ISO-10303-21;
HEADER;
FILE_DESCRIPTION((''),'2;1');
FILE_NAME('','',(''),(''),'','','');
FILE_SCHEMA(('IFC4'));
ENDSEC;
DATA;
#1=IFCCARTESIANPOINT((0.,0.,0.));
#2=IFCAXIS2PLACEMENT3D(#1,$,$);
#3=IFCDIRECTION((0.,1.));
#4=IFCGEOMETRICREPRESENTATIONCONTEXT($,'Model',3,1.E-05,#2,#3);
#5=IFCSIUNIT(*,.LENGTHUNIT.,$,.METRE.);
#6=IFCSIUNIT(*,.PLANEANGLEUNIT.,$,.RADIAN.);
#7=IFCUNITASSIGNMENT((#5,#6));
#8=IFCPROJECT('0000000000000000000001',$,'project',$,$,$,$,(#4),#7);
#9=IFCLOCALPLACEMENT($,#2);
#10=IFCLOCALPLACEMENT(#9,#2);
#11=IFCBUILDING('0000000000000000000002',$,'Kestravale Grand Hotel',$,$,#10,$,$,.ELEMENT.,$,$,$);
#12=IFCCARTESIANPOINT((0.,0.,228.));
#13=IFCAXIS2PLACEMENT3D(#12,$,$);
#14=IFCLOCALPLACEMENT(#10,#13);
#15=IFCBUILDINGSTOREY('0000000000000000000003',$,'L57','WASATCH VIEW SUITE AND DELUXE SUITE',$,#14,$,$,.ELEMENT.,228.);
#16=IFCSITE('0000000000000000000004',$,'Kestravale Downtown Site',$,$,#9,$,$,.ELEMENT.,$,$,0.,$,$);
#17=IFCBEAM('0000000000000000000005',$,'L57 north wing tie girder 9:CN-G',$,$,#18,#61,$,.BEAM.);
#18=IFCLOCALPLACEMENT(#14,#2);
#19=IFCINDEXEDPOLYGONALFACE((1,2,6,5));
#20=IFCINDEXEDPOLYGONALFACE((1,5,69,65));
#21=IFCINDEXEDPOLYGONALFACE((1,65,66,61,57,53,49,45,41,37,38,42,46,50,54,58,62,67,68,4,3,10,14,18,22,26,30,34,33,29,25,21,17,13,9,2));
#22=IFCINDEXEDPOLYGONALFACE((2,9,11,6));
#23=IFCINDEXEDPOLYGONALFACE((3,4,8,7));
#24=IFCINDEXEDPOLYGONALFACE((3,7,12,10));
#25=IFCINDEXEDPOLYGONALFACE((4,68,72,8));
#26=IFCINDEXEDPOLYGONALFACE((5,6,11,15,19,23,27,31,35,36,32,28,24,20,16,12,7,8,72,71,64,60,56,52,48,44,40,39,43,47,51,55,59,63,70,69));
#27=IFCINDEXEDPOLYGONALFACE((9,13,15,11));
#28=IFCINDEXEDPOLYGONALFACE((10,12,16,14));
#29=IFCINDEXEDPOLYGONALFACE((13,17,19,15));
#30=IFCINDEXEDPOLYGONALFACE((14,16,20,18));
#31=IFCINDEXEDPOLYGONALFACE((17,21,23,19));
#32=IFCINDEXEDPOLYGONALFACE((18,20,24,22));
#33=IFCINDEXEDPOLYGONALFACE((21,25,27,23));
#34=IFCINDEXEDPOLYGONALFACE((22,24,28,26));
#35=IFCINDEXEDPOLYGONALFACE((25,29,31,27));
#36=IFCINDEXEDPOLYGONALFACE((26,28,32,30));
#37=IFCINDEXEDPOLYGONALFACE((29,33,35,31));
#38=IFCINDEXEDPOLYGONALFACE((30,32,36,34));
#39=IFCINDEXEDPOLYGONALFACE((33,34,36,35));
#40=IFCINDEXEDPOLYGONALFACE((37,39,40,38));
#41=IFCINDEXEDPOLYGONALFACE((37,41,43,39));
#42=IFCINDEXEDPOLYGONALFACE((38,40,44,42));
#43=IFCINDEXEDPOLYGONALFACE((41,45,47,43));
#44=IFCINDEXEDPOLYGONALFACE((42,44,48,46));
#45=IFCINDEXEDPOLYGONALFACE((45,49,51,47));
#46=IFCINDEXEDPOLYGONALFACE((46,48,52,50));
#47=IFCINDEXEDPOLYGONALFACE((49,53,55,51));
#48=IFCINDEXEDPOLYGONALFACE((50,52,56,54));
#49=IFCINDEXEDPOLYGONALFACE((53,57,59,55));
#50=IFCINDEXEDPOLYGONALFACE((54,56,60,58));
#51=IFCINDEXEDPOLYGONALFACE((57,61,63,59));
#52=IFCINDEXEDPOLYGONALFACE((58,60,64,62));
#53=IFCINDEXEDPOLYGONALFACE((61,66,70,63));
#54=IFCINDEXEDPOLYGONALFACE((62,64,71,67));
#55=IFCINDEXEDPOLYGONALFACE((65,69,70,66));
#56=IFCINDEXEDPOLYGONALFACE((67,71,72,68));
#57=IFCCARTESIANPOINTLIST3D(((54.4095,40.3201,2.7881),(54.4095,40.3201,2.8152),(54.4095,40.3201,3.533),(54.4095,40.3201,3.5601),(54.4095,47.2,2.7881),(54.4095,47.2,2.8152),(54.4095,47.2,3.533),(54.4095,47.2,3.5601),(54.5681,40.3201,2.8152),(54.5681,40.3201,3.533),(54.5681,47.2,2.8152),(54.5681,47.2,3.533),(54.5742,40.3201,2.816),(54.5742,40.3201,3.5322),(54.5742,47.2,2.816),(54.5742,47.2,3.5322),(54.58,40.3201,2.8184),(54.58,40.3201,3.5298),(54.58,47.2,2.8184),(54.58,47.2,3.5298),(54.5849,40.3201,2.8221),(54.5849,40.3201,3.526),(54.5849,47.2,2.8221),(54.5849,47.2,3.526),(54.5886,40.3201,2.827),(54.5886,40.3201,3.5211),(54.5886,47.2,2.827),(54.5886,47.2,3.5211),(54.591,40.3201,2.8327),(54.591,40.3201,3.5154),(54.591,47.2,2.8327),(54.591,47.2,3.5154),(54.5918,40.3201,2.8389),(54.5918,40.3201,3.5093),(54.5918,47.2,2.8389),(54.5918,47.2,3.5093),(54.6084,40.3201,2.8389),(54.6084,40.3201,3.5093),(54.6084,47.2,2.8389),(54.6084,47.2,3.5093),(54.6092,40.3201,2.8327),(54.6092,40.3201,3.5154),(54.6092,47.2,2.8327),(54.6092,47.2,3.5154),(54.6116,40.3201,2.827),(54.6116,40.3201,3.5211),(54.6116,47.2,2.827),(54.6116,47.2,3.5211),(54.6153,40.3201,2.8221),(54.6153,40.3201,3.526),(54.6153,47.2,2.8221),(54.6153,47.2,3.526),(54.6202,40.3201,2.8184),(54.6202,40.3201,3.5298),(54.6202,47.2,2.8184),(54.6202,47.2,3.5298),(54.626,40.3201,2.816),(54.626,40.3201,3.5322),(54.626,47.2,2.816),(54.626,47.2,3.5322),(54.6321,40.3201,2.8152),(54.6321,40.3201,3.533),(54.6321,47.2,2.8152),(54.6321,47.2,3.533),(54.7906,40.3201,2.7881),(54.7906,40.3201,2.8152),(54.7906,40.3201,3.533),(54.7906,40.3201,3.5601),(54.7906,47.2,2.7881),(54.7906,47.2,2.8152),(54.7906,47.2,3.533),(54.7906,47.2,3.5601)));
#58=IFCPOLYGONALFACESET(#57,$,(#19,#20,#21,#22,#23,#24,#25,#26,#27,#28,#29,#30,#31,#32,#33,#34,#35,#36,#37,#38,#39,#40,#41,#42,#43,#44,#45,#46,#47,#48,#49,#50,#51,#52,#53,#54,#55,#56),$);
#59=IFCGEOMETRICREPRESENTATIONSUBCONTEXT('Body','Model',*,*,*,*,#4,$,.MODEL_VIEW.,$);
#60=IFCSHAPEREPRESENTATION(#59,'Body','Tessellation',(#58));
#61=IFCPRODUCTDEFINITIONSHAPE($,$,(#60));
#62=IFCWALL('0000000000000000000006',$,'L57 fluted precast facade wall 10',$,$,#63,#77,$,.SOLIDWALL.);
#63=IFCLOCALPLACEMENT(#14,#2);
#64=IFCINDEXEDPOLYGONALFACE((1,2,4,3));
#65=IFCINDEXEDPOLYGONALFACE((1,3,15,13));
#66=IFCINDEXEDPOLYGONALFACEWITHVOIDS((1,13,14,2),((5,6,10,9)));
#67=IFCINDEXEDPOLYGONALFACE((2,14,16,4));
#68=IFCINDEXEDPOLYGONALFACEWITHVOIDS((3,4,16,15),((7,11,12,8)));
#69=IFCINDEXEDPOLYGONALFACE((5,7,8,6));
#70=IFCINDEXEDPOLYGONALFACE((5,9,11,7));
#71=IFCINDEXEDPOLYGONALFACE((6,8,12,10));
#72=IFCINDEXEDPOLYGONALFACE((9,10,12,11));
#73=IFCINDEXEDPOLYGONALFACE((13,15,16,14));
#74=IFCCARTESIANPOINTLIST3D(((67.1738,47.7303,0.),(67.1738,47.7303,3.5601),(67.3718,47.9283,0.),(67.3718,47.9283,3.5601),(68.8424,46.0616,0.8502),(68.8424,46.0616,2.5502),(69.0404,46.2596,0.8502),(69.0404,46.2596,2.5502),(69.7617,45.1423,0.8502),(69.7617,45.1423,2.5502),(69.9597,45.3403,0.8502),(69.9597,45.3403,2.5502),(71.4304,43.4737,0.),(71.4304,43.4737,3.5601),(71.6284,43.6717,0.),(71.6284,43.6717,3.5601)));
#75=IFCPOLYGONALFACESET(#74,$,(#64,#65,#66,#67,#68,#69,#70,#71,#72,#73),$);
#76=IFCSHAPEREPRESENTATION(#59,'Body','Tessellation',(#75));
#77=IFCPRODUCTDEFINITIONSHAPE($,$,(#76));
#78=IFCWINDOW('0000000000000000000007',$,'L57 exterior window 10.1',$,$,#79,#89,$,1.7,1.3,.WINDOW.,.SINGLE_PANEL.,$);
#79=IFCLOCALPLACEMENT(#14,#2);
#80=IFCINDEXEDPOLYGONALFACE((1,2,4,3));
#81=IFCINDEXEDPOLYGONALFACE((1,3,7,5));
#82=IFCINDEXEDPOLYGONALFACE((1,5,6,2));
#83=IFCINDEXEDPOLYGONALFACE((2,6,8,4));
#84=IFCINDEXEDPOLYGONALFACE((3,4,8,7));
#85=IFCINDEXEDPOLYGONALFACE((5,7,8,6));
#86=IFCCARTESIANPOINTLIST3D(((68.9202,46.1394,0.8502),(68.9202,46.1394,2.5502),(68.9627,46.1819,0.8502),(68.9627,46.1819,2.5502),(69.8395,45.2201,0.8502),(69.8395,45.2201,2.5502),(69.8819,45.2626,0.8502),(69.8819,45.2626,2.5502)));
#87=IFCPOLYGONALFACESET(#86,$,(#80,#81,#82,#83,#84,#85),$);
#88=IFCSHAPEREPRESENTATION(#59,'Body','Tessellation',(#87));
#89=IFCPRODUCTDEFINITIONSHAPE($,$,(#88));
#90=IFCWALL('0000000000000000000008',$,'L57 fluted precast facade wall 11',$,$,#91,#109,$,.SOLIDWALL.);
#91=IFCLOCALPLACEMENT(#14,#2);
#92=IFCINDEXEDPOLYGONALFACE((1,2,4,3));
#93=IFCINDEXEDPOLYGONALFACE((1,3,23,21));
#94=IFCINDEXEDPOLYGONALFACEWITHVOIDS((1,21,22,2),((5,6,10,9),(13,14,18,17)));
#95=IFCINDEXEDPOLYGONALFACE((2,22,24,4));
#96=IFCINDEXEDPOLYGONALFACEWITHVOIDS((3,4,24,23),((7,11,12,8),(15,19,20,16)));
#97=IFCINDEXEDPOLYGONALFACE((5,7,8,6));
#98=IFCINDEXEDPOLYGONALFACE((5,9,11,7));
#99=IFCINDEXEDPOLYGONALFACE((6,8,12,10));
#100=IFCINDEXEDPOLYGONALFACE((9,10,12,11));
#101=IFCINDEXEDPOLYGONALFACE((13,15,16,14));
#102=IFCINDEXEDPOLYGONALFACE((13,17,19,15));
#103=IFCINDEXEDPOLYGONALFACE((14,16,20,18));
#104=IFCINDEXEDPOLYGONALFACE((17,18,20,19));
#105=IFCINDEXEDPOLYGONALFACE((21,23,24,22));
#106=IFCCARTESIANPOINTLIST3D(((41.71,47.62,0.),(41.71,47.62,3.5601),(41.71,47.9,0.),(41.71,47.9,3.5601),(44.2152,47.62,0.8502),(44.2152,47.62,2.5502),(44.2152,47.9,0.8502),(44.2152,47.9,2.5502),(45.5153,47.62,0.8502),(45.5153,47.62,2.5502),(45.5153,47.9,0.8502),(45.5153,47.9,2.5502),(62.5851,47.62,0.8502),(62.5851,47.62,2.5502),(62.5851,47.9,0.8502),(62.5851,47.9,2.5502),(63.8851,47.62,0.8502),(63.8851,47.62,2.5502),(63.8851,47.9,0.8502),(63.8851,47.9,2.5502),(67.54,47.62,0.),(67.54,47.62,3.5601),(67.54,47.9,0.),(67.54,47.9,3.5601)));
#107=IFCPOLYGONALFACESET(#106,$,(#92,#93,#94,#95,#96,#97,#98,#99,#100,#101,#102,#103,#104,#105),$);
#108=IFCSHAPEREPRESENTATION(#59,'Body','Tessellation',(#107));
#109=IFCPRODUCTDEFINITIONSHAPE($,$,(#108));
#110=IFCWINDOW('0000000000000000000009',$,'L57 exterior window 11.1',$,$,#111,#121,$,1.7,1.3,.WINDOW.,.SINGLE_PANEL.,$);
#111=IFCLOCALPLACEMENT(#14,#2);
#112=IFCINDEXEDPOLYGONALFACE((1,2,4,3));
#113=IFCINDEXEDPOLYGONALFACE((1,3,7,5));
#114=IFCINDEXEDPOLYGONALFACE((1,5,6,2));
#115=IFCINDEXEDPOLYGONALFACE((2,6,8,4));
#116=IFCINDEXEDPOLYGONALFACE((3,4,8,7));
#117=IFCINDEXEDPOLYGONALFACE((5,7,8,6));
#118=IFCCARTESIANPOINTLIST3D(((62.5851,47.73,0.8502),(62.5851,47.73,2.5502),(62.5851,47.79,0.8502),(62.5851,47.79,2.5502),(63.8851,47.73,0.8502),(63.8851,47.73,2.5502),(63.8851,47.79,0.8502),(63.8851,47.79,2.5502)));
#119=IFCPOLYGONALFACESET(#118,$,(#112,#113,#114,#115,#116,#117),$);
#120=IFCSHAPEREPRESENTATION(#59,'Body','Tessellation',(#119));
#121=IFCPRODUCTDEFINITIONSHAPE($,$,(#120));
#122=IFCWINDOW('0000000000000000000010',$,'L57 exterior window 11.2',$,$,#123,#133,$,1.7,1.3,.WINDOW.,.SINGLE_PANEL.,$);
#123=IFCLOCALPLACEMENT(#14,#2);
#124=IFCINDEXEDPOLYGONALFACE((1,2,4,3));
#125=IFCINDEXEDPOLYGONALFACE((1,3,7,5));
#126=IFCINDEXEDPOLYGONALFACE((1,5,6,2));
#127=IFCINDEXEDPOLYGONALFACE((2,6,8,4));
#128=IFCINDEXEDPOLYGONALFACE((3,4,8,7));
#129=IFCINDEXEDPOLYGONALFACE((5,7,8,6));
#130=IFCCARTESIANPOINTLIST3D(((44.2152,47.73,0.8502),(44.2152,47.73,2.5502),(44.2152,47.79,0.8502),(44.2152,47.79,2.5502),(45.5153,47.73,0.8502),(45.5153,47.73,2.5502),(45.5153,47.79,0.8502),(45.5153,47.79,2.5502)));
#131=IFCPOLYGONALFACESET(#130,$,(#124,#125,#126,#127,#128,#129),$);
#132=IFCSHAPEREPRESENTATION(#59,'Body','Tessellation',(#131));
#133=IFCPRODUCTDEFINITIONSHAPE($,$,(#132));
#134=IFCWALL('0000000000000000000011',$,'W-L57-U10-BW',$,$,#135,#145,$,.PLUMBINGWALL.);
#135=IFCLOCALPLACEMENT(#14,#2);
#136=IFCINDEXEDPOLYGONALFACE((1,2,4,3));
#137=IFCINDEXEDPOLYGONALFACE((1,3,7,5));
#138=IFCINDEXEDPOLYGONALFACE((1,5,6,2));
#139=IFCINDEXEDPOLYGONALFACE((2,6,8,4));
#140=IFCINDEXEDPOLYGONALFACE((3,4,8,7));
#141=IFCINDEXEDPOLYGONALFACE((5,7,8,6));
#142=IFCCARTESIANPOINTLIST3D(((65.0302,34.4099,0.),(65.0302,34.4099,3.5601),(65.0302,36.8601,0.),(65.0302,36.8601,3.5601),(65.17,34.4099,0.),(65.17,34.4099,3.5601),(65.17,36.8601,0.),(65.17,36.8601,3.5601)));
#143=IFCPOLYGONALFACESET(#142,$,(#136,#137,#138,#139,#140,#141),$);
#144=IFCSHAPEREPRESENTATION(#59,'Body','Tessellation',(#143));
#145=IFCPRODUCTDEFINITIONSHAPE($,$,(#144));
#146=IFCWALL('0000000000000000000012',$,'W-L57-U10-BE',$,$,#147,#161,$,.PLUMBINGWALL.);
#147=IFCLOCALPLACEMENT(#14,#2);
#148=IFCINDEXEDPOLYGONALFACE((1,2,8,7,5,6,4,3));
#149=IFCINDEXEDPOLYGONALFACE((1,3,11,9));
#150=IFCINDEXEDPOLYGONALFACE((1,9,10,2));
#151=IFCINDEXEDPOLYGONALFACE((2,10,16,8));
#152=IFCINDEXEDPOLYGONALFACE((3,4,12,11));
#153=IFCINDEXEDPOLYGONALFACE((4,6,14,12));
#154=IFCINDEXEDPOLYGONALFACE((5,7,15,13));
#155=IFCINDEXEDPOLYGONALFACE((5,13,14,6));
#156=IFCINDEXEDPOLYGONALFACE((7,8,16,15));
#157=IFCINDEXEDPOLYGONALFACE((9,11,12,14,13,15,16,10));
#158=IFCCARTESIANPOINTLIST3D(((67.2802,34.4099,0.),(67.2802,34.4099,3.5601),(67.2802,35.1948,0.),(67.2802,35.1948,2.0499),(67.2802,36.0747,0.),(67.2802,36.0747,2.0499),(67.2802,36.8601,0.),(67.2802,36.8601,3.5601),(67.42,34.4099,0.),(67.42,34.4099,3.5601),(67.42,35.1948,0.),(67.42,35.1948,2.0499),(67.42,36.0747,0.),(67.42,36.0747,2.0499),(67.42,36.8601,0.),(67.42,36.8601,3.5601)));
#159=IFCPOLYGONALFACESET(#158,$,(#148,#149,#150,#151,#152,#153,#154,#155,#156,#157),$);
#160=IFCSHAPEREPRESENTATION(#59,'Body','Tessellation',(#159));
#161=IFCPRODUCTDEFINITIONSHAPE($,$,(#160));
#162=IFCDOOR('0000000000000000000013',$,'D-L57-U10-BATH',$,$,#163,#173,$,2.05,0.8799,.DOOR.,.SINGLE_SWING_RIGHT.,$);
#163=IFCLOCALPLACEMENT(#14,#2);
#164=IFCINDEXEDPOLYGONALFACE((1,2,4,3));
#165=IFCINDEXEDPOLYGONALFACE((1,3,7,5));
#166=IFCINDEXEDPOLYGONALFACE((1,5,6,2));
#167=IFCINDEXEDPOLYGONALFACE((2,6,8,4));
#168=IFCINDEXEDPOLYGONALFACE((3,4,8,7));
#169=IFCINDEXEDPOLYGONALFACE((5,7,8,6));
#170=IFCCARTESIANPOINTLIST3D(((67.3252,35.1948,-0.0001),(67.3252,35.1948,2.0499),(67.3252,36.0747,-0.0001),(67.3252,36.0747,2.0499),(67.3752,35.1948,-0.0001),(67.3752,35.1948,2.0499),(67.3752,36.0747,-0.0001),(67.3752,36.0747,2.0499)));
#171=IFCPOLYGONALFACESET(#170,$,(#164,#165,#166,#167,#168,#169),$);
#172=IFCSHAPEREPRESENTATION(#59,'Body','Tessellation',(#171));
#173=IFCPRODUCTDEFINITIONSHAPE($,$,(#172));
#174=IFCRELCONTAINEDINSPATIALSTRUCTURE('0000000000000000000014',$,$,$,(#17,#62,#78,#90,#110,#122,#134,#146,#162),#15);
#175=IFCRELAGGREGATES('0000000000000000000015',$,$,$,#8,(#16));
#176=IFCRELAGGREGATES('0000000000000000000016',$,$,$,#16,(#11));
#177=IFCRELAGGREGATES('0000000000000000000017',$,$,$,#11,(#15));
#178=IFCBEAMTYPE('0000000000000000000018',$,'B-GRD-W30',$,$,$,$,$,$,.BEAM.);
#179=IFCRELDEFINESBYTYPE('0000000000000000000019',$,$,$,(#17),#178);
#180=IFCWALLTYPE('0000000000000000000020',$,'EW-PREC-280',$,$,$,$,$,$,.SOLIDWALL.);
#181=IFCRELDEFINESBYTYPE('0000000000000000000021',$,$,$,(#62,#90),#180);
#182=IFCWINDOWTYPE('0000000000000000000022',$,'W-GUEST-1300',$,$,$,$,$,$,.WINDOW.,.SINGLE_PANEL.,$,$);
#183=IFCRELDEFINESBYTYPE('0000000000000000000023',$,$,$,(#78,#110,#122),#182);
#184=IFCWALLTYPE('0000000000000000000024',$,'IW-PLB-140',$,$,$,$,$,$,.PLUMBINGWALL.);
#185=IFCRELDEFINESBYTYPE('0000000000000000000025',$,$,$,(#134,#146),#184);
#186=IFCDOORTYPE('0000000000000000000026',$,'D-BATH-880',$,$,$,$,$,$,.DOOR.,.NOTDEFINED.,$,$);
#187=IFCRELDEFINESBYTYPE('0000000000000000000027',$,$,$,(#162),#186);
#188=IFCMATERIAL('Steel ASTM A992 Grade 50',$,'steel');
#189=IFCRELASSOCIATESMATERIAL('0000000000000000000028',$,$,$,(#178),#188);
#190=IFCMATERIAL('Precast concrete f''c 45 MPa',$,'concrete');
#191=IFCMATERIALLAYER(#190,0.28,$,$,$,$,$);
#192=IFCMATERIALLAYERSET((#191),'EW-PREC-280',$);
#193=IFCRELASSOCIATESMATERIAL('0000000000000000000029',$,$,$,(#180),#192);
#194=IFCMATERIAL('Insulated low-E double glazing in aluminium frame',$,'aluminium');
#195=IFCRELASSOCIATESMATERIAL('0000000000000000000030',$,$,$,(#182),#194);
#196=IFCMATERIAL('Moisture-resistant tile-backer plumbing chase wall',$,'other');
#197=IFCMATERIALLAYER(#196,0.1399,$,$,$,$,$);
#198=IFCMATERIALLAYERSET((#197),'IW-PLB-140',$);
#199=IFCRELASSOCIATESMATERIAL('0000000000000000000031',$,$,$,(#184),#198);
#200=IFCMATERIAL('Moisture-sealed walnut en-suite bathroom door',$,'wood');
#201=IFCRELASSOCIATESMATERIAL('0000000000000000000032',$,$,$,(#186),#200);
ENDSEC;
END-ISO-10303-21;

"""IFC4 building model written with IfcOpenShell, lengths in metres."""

from ifc_helpers import new_model, si_unit, direction, frame, frame_2d, origin, origin_2d, place, context, subcontext, project, spatial, rectangle, i_section, extrude, material, layer, layer_set, material_profile, profile_set, type_object, element, fill, save


model = new_model("IFC4")

# Units and contexts
model_context = context("Model", 3, precision=1e-05, world=origin(), true_north=direction((0.0, 1.0)))
body_context = subcontext(model_context, "Body", "Model", "MODEL_VIEW")
ifc_project = project(units=[si_unit("LENGTHUNIT", "METRE"), si_unit("PLANEANGLEUNIT", "RADIAN")], contexts=[model_context])

# Site, building, storey
site_placement = place(None, origin())
site = spatial("IfcSite", under=ifc_project, at=site_placement, Name="Kestravale Downtown Site", CompositionType="ELEMENT", RefElevation=0.0)
building_placement = place(site_placement, origin())
building = spatial("IfcBuilding", under=site, at=building_placement, Name="Kestravale Grand Hotel", CompositionType="ELEMENT")
storey_placement = place(building_placement, frame((0.0, 0.0, 228.0)))
storey = spatial("IfcBuildingStorey", under=building, at=storey_placement, Name="L57", Description="WASATCH VIEW SUITE AND DELUXE SUITE", CompositionType="ELEMENT", Elevation=228.0)

# Beam
ifc_material_1 = material(Name="Steel ASTM A992 Grade 50", Category="steel")
ifc_material_profile_1 = material_profile(ifc_material_1, i_section(OverallWidth=0.3811, OverallDepth=0.772, WebThickness=0.0166, FlangeThickness=0.0271, FilletRadius=0.0237, at=origin_2d()))
ifc_profile_set_1 = profile_set([ifc_material_profile_1], Name="Steel ASTM A992 Grade 50")
beam_type_1 = type_object("IfcBeamType", Name="B-GRD-W30", PredefinedType="BEAM", material=ifc_profile_set_1)
beam_1_placement = place(storey_placement, frame((54.6001, 40.3201, 3.1741), z_axis=(0.0, 1.0, 0.0), x_axis=(-1.0, 0.0, 0.0)))
element("IfcBeam", 1, at=beam_1_placement, inside=storey, type_object=beam_type_1, Name="L57 north wing tie girder 9:CN-G", PredefinedType="BEAM", context=body_context, shape_type="SweptSolid", body=[
    extrude(i_section(OverallWidth=0.3811, OverallDepth=0.772, WebThickness=0.0166, FlangeThickness=0.0271, FilletRadius=0.0237, at=origin_2d()), origin(), (0.0, 0.0, 1.0), 6.8799),
])

# Wall, opening, window
ifc_material_2 = material(Name="Precast concrete f'c 45 MPa", Category="concrete")
ifc_layer_1 = layer(ifc_material_2, 0.28)
ifc_layer_set_1 = layer_set([ifc_layer_1], Name="EW-PREC-280")
wall_type_1 = type_object("IfcWallType", Name="EW-PREC-280", PredefinedType="SOLIDWALL", material=ifc_layer_set_1)
wall_1_placement = place(storey_placement, frame((71.5293, 43.5728, 0.0), z_axis=(0.0, 0.0, 1.0), x_axis=(-0.707107, 0.707107, 0.0)))
wall_1 = element("IfcWall", 2, at=wall_1_placement, inside=storey, type_object=wall_type_1, Name="L57 fluted precast facade wall 10", PredefinedType="SOLIDWALL", context=body_context, shape_type="SweptSolid", body=[
    extrude(rectangle(XDim=6.0198, YDim=0.28, at=frame_2d((3.0098, 0.0))), origin(), (0.0, 0.0, 1.0), 3.5601),
])
opening_1_placement = place(wall_1_placement, frame((2.3599, 0.0, 0.8501)))
opening_1 = element("IfcOpeningElement", 3, at=opening_1_placement, cuts=wall_1, PredefinedType="OPENING", context=body_context, shape_type="SweptSolid", body=[
    extrude(rectangle(XDim=1.3, YDim=1.7, at=frame_2d((0.6499, 0.8501))), frame((0.0, 0.1499, 0.0), z_axis=(0.0, -1.0, 0.0), x_axis=(1.0, 0.0, 0.0)), (0.0, 0.0, 1.0), 0.3),
])
ifc_material_3 = material(Name="Insulated low-E double glazing in aluminium frame", Category="aluminium")
window_type = type_object("IfcWindowType", Name="W-GUEST-1300", PartitioningType="SINGLE_PANEL", PredefinedType="WINDOW", material=ifc_material_3)
window_1_placement = place(opening_1_placement, origin())
window_1 = element("IfcWindow", 4, at=window_1_placement, inside=storey, type_object=window_type, Name="L57 exterior window 10.1", OverallHeight=1.7, OverallWidth=1.3, PartitioningType="SINGLE_PANEL", PredefinedType="WINDOW", context=body_context, shape_type="SweptSolid", body=[
    extrude(rectangle(XDim=1.3, YDim=1.7, at=frame_2d((0.6499, 0.8501))), frame((0.0, 0.03, 0.0), z_axis=(0.0, -1.0, 0.0), x_axis=(1.0, 0.0, 0.0)), (0.0, 0.0, 1.0), 0.0601),
])
fill(opening_1, window_1)

# Wall, openings, windows
wall_2_placement = place(storey_placement, frame((67.54, 47.76, 0.0), z_axis=(0.0, 0.0, 1.0), x_axis=(-1.0, 0.0, 0.0)))
wall_2 = element("IfcWall", 5, at=wall_2_placement, inside=storey, type_object=wall_type_1, Name="L57 fluted precast facade wall 11", PredefinedType="SOLIDWALL", context=body_context, shape_type="SweptSolid", body=[
    extrude(rectangle(XDim=25.8301, YDim=0.28, at=frame_2d((12.915, 0.0))), origin(), (0.0, 0.0, 1.0), 3.5601),
])
opening_2_placement = place(wall_2_placement, frame((3.655, 0.0, 0.8501)))
opening_2 = element("IfcOpeningElement", 6, at=opening_2_placement, cuts=wall_2, PredefinedType="OPENING", context=body_context, shape_type="SweptSolid", body=[
    extrude(rectangle(XDim=1.3, YDim=1.7, at=frame_2d((0.6499, 0.8501))), frame((0.0, 0.1499, 0.0), z_axis=(0.0, -1.0, 0.0), x_axis=(1.0, 0.0, 0.0)), (0.0, 0.0, 1.0), 0.3),
])
opening_3_placement = place(wall_2_placement, frame((22.0249, 0.0, 0.8501)))
opening_3 = element("IfcOpeningElement", 7, at=opening_3_placement, cuts=wall_2, PredefinedType="OPENING", context=body_context, shape_type="SweptSolid", body=[
    extrude(rectangle(XDim=1.3, YDim=1.7, at=frame_2d((0.6499, 0.8501))), frame((0.0, 0.1499, 0.0), z_axis=(0.0, -1.0, 0.0), x_axis=(1.0, 0.0, 0.0)), (0.0, 0.0, 1.0), 0.3),
])
window_2_placement = place(opening_2_placement, origin())
window_2 = element("IfcWindow", 8, at=window_2_placement, inside=storey, type_object=window_type, Name="L57 exterior window 11.1", OverallHeight=1.7, OverallWidth=1.3, PartitioningType="SINGLE_PANEL", PredefinedType="WINDOW", context=body_context, shape_type="SweptSolid", body=[
    extrude(rectangle(XDim=1.3, YDim=1.7, at=frame_2d((0.6499, 0.8501))), frame((0.0, 0.03, 0.0), z_axis=(0.0, -1.0, 0.0), x_axis=(1.0, 0.0, 0.0)), (0.0, 0.0, 1.0), 0.0601),
])
fill(opening_2, window_2)
window_3_placement = place(opening_3_placement, origin())
window_3 = element("IfcWindow", 9, at=window_3_placement, inside=storey, type_object=window_type, Name="L57 exterior window 11.2", OverallHeight=1.7, OverallWidth=1.3, PartitioningType="SINGLE_PANEL", PredefinedType="WINDOW", context=body_context, shape_type="SweptSolid", body=[
    extrude(rectangle(XDim=1.3, YDim=1.7, at=frame_2d((0.6499, 0.8501))), frame((0.0, 0.03, 0.0), z_axis=(0.0, -1.0, 0.0), x_axis=(1.0, 0.0, 0.0)), (0.0, 0.0, 1.0), 0.0601),
])
fill(opening_3, window_3)

# Wall
ifc_material_4 = material(Name="Moisture-resistant tile-backer plumbing chase wall", Category="other")
ifc_layer_2 = layer(ifc_material_4, 0.1399)
ifc_layer_set_2 = layer_set([ifc_layer_2], Name="IW-PLB-140")
wall_type_2 = type_object("IfcWallType", Name="IW-PLB-140", PredefinedType="PLUMBINGWALL", material=ifc_layer_set_2)
wall_3_placement = place(storey_placement, frame((65.1001, 34.4099, 0.0), z_axis=(0.0, 0.0, 1.0), x_axis=(0.0, 1.0, 0.0)))
element("IfcWall", 10, at=wall_3_placement, inside=storey, type_object=wall_type_2, Name="W-L57-U10-BW", PredefinedType="PLUMBINGWALL", context=body_context, shape_type="SweptSolid", body=[
    extrude(rectangle(XDim=2.4502, YDim=0.1399, at=frame_2d((1.2251, 0.0))), origin(), (0.0, 0.0, 1.0), 3.5601),
])

# Wall, opening, door
wall_4_placement = place(storey_placement, frame((67.3501, 34.4099, 0.0), z_axis=(0.0, 0.0, 1.0), x_axis=(0.0, 1.0, 0.0)))
wall_4 = element("IfcWall", 11, at=wall_4_placement, inside=storey, type_object=wall_type_2, Name="W-L57-U10-BE", PredefinedType="PLUMBINGWALL", context=body_context, shape_type="SweptSolid", body=[
    extrude(rectangle(XDim=2.4502, YDim=0.1399, at=frame_2d((1.2251, 0.0))), origin(), (0.0, 0.0, 1.0), 3.5601),
])
opening_4_placement = place(wall_4_placement, frame((0.7849, 0.0, 0.0)))
opening_4 = element("IfcOpeningElement", 12, at=opening_4_placement, cuts=wall_4, PredefinedType="OPENING", context=body_context, shape_type="SweptSolid", body=[
    extrude(rectangle(XDim=0.8799, YDim=2.05, at=frame_2d((0.4399, 1.0249))), frame((0.0, 0.0798, 0.0), z_axis=(0.0, -1.0, 0.0), x_axis=(1.0, 0.0, 0.0)), (0.0, 0.0, 1.0), 0.1599),
])
ifc_material_5 = material(Name="Moisture-sealed walnut en-suite bathroom door", Category="wood")
door_type_1 = type_object("IfcDoorType", Name="D-BATH-880", OperationType="NOTDEFINED", PredefinedType="DOOR", material=ifc_material_5)
door_1_placement = place(opening_4_placement, origin())
door_1 = element("IfcDoor", 13, at=door_1_placement, inside=storey, type_object=door_type_1, Name="D-L57-U10-BATH", OperationType="SINGLE_SWING_RIGHT", OverallHeight=2.05, OverallWidth=0.8799, PredefinedType="DOOR", context=body_context, shape_type="SweptSolid", body=[
    extrude(rectangle(XDim=0.8799, YDim=2.05, at=frame_2d((0.4399, 1.0249))), frame((0.0, 0.0249, 0.0), z_axis=(0.0, -1.0, 0.0), x_axis=(1.0, 0.0, 0.0)), (0.0, 0.0, 1.0), 0.05),
])
fill(opening_4, door_1)

save(model, "model.ifc")
